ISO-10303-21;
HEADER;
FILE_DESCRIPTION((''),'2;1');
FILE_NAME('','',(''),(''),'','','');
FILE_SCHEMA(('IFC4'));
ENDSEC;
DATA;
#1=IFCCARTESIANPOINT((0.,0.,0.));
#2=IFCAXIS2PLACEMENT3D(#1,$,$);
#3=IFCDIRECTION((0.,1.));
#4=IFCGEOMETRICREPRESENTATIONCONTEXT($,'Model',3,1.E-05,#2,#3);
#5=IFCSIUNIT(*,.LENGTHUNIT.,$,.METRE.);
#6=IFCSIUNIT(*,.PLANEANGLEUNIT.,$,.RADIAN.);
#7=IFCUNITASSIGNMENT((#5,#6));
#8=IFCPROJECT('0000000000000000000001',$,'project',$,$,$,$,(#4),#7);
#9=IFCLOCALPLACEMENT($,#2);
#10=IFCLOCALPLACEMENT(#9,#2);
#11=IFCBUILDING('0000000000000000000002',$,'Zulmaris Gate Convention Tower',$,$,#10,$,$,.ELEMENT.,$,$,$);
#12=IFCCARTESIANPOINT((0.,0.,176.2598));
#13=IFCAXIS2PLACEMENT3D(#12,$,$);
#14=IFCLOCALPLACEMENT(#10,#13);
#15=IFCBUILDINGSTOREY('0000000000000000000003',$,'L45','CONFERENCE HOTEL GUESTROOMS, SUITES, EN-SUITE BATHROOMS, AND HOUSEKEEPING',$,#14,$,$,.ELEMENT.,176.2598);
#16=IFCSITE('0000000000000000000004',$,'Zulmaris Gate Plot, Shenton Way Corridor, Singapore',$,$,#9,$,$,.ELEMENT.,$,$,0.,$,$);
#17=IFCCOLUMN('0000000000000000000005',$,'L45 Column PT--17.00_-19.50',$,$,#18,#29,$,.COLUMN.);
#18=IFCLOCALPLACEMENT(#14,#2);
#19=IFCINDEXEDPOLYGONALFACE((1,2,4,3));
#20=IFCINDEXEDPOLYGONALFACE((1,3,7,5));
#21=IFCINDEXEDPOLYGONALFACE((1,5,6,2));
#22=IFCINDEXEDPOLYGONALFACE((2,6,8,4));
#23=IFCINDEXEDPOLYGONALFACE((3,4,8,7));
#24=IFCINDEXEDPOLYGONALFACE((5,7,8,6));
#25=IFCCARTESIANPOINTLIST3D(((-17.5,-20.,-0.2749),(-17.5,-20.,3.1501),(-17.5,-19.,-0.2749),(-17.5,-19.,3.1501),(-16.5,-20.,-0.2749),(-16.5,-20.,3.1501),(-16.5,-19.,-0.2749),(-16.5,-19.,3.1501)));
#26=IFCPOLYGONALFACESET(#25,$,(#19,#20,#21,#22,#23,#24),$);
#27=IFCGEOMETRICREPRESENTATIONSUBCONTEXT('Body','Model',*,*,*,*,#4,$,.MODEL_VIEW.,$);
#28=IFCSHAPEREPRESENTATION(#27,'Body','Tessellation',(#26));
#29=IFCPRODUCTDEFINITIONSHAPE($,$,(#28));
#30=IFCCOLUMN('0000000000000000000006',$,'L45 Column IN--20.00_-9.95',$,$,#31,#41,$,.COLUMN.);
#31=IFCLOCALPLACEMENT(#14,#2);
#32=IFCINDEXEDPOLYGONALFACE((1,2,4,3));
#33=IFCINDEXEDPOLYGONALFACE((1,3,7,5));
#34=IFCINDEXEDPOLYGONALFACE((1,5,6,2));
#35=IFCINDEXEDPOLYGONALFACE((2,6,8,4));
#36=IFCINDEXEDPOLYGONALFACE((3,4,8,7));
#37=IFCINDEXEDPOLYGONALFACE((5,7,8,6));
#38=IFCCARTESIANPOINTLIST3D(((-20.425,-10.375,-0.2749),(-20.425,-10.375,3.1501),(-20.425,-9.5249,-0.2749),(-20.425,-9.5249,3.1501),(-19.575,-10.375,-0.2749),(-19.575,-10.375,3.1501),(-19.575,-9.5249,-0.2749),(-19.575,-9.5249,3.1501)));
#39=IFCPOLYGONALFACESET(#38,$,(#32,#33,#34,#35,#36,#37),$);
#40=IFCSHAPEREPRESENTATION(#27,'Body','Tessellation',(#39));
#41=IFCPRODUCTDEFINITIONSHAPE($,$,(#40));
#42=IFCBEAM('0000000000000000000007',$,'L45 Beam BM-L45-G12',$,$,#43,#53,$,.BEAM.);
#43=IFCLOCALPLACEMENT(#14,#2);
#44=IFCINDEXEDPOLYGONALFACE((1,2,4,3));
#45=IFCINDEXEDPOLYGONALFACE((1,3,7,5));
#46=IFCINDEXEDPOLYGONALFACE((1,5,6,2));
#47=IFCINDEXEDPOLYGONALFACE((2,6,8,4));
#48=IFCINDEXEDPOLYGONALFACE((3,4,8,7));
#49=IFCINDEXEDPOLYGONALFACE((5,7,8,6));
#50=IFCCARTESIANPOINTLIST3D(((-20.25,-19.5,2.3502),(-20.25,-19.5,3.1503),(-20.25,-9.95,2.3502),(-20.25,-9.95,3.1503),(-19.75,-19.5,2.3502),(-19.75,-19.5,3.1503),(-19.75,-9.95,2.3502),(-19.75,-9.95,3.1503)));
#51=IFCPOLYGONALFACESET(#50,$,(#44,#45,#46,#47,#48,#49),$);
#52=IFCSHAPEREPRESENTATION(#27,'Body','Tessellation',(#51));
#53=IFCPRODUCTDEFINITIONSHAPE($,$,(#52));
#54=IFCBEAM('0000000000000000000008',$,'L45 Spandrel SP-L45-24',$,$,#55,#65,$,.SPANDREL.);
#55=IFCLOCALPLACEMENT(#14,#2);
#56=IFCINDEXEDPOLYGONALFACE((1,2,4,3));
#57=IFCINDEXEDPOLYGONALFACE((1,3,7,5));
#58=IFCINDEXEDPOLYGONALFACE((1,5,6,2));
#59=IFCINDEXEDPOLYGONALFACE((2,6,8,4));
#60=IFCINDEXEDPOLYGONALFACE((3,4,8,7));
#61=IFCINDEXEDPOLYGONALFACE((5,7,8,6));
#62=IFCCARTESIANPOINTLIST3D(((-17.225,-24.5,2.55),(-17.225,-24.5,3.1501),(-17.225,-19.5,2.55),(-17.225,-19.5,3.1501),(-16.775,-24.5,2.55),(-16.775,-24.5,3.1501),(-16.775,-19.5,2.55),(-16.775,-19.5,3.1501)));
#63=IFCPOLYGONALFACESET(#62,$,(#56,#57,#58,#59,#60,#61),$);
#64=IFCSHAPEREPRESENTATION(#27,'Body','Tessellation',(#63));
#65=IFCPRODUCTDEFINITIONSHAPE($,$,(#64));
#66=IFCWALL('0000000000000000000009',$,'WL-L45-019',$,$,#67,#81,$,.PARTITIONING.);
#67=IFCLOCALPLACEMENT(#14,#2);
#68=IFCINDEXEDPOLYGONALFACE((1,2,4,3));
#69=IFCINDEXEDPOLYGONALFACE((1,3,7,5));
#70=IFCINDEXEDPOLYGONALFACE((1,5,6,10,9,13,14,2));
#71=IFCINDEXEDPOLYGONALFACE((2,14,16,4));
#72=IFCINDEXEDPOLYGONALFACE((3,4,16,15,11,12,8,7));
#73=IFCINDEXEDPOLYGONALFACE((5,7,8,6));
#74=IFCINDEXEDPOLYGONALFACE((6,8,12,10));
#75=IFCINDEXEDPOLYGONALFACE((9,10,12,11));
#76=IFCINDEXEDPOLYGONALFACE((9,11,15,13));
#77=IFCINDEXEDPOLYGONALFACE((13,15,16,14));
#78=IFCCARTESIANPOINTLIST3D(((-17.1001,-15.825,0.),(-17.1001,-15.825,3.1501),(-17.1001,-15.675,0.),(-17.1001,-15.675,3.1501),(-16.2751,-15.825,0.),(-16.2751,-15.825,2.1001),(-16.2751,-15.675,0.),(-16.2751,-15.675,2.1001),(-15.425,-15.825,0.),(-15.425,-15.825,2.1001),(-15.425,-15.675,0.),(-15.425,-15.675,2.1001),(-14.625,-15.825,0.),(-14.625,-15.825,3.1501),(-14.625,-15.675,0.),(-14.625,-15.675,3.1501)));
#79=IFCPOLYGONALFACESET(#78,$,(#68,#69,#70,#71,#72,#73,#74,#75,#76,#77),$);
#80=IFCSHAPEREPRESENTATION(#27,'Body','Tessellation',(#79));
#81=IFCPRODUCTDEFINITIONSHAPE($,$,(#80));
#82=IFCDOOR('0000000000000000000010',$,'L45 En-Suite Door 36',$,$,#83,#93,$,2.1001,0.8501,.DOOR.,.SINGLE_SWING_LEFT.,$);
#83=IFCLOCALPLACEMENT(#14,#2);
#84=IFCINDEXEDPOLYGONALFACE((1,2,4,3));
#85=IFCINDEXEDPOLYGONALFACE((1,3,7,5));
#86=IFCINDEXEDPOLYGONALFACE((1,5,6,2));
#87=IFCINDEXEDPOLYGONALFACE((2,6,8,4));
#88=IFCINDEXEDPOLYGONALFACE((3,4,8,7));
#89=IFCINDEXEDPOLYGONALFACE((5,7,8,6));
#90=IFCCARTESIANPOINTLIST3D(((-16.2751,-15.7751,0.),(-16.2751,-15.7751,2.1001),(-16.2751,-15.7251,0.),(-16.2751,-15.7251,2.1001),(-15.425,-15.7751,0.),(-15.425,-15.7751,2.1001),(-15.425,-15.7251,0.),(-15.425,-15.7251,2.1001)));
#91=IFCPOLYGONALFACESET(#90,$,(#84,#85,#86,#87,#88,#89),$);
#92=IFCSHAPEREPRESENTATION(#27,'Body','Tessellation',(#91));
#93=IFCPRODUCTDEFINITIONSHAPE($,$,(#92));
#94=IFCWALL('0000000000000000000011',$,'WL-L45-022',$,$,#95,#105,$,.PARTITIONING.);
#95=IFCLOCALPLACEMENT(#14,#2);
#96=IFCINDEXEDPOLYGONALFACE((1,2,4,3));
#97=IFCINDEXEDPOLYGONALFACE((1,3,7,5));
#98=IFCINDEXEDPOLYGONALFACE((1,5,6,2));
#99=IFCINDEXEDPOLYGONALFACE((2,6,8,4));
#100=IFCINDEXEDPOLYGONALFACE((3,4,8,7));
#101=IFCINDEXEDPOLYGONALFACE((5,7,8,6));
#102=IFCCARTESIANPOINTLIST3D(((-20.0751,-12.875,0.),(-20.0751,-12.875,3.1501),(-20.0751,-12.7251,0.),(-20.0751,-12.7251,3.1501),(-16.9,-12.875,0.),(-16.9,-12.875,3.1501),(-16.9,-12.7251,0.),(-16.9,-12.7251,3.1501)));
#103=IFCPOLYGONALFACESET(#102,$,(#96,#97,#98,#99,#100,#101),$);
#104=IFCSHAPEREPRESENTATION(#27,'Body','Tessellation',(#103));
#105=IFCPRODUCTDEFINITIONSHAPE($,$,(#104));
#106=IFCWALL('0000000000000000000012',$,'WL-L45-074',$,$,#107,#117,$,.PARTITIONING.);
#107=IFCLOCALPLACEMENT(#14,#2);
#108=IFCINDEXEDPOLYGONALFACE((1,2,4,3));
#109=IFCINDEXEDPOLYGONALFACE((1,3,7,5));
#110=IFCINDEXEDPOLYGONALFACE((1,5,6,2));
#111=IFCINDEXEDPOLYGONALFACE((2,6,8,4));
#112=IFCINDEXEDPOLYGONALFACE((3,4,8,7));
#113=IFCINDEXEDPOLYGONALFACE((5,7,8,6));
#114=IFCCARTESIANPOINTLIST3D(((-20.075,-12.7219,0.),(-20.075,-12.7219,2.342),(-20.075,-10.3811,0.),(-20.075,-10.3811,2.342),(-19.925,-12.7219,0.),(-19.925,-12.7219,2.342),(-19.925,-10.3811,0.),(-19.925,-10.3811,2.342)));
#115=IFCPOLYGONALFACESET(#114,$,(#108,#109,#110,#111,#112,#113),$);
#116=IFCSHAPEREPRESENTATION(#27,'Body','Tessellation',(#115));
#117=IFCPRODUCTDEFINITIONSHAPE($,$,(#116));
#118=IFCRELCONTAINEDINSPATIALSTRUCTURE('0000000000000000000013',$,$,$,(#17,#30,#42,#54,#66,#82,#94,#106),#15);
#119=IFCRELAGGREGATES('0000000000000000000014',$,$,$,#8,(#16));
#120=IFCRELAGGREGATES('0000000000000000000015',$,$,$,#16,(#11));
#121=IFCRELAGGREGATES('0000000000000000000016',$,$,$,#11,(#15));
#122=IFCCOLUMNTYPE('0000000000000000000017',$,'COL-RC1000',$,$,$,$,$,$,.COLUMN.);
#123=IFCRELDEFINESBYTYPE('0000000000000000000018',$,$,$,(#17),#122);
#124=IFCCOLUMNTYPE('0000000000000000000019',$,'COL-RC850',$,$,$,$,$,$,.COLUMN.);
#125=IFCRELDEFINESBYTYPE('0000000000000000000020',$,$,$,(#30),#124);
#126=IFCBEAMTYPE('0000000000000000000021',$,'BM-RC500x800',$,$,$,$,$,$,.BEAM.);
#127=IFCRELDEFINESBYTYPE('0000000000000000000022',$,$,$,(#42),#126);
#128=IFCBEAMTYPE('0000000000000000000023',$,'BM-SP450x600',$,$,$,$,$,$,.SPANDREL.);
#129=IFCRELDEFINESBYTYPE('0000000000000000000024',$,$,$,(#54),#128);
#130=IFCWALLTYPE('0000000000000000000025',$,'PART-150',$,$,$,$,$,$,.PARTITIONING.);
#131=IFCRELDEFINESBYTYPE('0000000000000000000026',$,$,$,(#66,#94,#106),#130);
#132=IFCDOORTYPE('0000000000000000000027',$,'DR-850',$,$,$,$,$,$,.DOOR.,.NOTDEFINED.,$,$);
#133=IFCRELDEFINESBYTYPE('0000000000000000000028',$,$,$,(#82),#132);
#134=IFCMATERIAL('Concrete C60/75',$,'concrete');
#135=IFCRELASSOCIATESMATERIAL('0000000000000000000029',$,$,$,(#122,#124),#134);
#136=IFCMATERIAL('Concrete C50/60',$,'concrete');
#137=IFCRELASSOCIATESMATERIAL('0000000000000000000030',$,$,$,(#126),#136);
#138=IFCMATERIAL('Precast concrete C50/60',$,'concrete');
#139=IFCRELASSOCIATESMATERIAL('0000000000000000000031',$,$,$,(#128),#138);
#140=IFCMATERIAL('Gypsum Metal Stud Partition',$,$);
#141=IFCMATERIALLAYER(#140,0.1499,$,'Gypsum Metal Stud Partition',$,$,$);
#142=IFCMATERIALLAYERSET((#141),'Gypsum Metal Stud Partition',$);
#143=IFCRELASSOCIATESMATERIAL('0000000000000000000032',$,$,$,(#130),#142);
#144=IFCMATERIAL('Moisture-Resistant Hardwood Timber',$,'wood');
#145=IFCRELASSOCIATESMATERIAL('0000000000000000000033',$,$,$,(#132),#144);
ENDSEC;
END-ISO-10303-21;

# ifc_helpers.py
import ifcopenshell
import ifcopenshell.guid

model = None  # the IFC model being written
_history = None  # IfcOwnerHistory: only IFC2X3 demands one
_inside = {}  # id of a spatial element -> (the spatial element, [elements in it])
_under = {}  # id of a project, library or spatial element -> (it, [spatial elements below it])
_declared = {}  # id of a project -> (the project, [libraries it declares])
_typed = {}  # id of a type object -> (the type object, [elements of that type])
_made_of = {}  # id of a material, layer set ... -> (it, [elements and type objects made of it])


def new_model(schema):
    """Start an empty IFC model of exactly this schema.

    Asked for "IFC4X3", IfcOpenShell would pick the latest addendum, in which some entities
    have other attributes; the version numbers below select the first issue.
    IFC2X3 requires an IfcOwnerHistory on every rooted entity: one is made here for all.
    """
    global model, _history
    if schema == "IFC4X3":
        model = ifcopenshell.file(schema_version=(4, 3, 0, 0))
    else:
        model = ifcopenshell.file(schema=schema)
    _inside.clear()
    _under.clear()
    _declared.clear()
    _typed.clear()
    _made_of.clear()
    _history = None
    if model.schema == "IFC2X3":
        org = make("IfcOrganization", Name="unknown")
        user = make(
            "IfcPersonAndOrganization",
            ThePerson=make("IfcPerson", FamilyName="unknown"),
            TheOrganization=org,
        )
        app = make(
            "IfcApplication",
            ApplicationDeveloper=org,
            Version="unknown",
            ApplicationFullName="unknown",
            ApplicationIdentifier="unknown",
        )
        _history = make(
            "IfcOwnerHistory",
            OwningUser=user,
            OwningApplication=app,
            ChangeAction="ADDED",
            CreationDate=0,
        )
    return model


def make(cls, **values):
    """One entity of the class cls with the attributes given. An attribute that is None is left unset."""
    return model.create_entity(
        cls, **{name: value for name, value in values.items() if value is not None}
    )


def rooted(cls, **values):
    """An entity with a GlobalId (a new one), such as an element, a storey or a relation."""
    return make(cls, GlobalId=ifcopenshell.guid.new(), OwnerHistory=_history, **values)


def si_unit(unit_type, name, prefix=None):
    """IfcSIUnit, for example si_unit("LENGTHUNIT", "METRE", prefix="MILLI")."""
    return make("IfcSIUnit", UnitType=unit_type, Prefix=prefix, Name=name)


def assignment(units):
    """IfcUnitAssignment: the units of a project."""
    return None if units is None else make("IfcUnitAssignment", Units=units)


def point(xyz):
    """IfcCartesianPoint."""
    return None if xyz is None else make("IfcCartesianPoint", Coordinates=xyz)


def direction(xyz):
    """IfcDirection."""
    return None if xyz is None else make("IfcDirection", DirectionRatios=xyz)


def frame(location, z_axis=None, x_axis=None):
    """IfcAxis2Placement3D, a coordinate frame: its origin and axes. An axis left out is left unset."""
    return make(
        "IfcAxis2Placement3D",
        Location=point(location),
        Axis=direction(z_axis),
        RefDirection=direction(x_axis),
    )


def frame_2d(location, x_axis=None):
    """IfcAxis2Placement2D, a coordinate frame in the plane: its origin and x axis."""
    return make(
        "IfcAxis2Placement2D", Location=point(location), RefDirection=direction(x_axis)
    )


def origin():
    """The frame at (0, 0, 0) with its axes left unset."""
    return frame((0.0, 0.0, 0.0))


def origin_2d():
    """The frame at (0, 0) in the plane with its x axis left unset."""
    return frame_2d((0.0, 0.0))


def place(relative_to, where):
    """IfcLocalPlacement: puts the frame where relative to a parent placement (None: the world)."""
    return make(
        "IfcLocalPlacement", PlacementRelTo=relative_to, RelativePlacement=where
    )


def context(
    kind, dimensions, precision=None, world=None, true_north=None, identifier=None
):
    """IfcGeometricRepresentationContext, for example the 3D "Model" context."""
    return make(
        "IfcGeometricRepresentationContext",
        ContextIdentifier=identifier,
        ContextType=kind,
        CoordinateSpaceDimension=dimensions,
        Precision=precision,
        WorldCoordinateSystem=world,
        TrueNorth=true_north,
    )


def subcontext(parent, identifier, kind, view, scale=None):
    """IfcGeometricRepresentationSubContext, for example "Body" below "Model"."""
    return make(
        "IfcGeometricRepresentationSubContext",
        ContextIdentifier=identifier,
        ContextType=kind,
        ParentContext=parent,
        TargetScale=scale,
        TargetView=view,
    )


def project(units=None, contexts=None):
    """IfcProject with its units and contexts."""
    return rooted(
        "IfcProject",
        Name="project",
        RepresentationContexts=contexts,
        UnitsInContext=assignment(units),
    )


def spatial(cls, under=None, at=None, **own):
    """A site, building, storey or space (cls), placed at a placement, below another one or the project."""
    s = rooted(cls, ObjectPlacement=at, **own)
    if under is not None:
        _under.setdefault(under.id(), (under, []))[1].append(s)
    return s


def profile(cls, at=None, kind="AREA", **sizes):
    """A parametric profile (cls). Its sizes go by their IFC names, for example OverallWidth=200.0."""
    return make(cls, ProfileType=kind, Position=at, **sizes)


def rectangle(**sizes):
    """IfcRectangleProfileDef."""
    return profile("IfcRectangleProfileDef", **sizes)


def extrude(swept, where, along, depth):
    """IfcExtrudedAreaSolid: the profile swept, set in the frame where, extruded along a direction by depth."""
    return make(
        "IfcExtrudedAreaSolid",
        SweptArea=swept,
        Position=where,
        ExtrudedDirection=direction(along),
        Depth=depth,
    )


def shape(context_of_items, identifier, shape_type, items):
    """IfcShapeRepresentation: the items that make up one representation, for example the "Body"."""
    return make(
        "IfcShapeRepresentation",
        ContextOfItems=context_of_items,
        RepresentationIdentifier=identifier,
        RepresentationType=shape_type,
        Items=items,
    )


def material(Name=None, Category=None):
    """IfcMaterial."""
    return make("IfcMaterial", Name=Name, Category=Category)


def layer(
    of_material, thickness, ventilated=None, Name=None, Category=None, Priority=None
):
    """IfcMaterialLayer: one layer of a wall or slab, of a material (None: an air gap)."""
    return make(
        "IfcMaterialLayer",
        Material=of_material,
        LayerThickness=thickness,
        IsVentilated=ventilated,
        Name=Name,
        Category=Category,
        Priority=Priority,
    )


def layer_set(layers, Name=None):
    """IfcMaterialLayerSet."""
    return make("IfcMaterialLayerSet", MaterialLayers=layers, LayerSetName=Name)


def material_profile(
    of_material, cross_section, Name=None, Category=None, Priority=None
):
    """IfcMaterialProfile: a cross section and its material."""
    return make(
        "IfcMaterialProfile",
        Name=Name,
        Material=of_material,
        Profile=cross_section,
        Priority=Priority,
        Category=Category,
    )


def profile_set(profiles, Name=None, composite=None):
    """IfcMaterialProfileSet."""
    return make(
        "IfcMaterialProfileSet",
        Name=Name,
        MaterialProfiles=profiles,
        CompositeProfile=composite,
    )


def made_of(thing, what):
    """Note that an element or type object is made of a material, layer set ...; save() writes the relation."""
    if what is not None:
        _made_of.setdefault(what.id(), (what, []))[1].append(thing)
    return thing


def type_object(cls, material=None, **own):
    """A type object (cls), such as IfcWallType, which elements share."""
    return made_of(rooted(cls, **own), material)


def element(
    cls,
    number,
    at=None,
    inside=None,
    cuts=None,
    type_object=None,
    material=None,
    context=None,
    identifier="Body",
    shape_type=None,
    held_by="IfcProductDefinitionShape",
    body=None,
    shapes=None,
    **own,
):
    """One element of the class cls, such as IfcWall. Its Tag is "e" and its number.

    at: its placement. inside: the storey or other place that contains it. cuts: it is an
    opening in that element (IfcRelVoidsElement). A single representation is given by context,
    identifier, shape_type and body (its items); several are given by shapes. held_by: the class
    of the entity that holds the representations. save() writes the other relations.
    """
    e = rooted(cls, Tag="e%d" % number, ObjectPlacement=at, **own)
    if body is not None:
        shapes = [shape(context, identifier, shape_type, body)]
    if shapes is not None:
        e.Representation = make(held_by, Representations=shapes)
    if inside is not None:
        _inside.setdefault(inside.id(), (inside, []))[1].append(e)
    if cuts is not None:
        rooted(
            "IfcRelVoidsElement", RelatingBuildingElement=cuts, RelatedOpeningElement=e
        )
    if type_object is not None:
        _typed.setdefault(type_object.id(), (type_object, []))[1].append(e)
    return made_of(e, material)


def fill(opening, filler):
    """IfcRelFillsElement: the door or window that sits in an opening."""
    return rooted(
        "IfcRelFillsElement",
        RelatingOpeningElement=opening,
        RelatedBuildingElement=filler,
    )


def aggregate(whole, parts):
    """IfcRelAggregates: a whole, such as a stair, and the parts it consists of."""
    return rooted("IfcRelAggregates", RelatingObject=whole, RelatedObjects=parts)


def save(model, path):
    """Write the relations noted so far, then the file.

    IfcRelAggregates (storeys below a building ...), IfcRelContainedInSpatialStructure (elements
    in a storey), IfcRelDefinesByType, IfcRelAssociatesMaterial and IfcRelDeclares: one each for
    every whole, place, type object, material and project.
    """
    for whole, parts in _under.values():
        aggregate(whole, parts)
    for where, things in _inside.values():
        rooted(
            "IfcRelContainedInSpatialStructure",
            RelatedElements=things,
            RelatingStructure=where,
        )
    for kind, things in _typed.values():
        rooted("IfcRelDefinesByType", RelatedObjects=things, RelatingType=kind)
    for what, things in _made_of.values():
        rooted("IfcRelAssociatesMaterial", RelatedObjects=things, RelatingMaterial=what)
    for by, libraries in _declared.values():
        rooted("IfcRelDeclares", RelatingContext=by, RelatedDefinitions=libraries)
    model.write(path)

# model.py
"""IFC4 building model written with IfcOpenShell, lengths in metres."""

from ifc_helpers import new_model, si_unit, direction, frame, frame_2d, origin, origin_2d, place, context, subcontext, project, spatial, rectangle, extrude, material, layer, layer_set, material_profile, profile_set, type_object, element, fill, save


model = new_model("IFC4")

# Units and contexts
model_context = context("Model", 3, precision=1e-05, world=origin(), true_north=direction((0.0, 1.0)))
body_context = subcontext(model_context, "Body", "Model", "MODEL_VIEW")
ifc_project = project(units=[si_unit("LENGTHUNIT", "METRE"), si_unit("PLANEANGLEUNIT", "RADIAN")], contexts=[model_context])

# Site, building, storey
site_placement = place(None, origin())
site = spatial("IfcSite", under=ifc_project, at=site_placement, Name="Zulmaris Gate Plot, Shenton Way Corridor, Singapore", CompositionType="ELEMENT", RefElevation=0.0)
building_placement = place(site_placement, origin())
building = spatial("IfcBuilding", under=site, at=building_placement, Name="Zulmaris Gate Convention Tower", CompositionType="ELEMENT")
storey_placement = place(building_placement, frame((0.0, 0.0, 176.2598)))
storey = spatial("IfcBuildingStorey", under=building, at=storey_placement, Name="L45", Description="CONFERENCE HOTEL GUESTROOMS, SUITES, EN-SUITE BATHROOMS, AND HOUSEKEEPING", CompositionType="ELEMENT", Elevation=176.2598)

# Columns
ifc_material_1 = material(Name="Concrete C60/75", Category="concrete")
ifc_material_profile_1 = material_profile(ifc_material_1, rectangle(XDim=1.0, YDim=1.0, at=origin_2d()), Name="RC COL 1000x1000")
ifc_profile_set_1 = profile_set([ifc_material_profile_1], Name="Concrete C60/75")
column_type_1 = type_object("IfcColumnType", Name="COL-RC1000", PredefinedType="COLUMN", material=ifc_profile_set_1)
column_1_placement = place(storey_placement, frame((-17.0, -19.5, -0.2749), z_axis=(0.0, 0.0, 1.0), x_axis=(1.0, 0.0, 0.0)))
element("IfcColumn", 1, at=column_1_placement, inside=storey, type_object=column_type_1, Name="L45 Column PT--17.00_-19.50", PredefinedType="COLUMN", context=body_context, shape_type="SweptSolid", body=[
    extrude(rectangle(XDim=1.0, YDim=1.0, at=origin_2d()), origin(), (0.0, 0.0, 1.0), 3.425),
])
ifc_material_profile_2 = material_profile(ifc_material_1, rectangle(XDim=0.8501, YDim=0.8501, at=origin_2d()), Name="RC COL 850x850")
ifc_profile_set_2 = profile_set([ifc_material_profile_2], Name="Concrete C60/75")
column_type_2 = type_object("IfcColumnType", Name="COL-RC850", PredefinedType="COLUMN", material=ifc_profile_set_2)
column_2_placement = place(storey_placement, frame((-20.0, -9.95, -0.2749), z_axis=(0.0, 0.0, 1.0), x_axis=(1.0, 0.0, 0.0)))
element("IfcColumn", 2, at=column_2_placement, inside=storey, type_object=column_type_2, Name="L45 Column IN--20.00_-9.95", PredefinedType="COLUMN", context=body_context, shape_type="SweptSolid", body=[
    extrude(rectangle(XDim=0.8501, YDim=0.8501, at=origin_2d()), origin(), (0.0, 0.0, 1.0), 3.425),
])

# Beams
ifc_material_2 = material(Name="Concrete C50/60", Category="concrete")
ifc_material_profile_3 = material_profile(ifc_material_2, rectangle(XDim=0.5, YDim=0.8, at=origin_2d()), Name="RC BEAM 500x800")
ifc_profile_set_3 = profile_set([ifc_material_profile_3], Name="Concrete C50/60")
beam_type_1 = type_object("IfcBeamType", Name="BM-RC500x800", PredefinedType="BEAM", material=ifc_profile_set_3)
beam_1_placement = place(storey_placement, frame((-20.0, -19.5, 2.7502), z_axis=(0.0, 1.0, 0.0), x_axis=(-1.0, 0.0, 0.0)))
element("IfcBeam", 3, at=beam_1_placement, inside=storey, type_object=beam_type_1, Name="L45 Beam BM-L45-G12", PredefinedType="BEAM", context=body_context, shape_type="SweptSolid", body=[
    extrude(rectangle(XDim=0.5, YDim=0.8, at=origin_2d()), origin(), (0.0, 0.0, 1.0), 9.55),
])
ifc_material_3 = material(Name="Precast concrete C50/60", Category="concrete")
ifc_material_profile_4 = material_profile(ifc_material_3, rectangle(XDim=0.45, YDim=0.6001, at=origin_2d()), Name="RC SPANDREL 450x600")
ifc_profile_set_4 = profile_set([ifc_material_profile_4], Name="Precast concrete C50/60")
beam_type_2 = type_object("IfcBeamType", Name="BM-SP450x600", PredefinedType="SPANDREL", material=ifc_profile_set_4)
beam_2_placement = place(storey_placement, frame((-17.0, -19.5, 2.8501), z_axis=(0.0, -1.0, 0.0), x_axis=(1.0, 0.0, 0.0)))
element("IfcBeam", 4, at=beam_2_placement, inside=storey, type_object=beam_type_2, Name="L45 Spandrel SP-L45-24", PredefinedType="SPANDREL", context=body_context, shape_type="SweptSolid", body=[
    extrude(rectangle(XDim=0.45, YDim=0.6001, at=origin_2d()), origin(), (0.0, 0.0, 1.0), 5.0),
])

# Wall, opening, door
ifc_material_4 = material(Name="Gypsum Metal Stud Partition")
ifc_layer_1 = layer(ifc_material_4, 0.1499, Name="Gypsum Metal Stud Partition")
ifc_layer_set_1 = layer_set([ifc_layer_1], Name="Gypsum Metal Stud Partition")
wall_type_1 = type_object("IfcWallType", Name="PART-150", PredefinedType="PARTITIONING", material=ifc_layer_set_1)
wall_1_placement = place(storey_placement, frame((-17.1001, -15.75, 0.0), z_axis=(0.0, 0.0, 1.0), x_axis=(1.0, 0.0, 0.0)))
wall_1 = element("IfcWall", 5, at=wall_1_placement, inside=storey, type_object=wall_type_1, Name="WL-L45-019", PredefinedType="PARTITIONING", context=body_context, shape_type="SweptSolid", body=[
    extrude(rectangle(XDim=2.4751, YDim=0.1499, at=frame_2d((1.2375, 0.0))), origin(), (0.0, 0.0, 1.0), 3.1501),
])
opening_1_placement = place(wall_1_placement, frame((0.825, 0.0, 0.0)))
opening_1 = element("IfcOpeningElement", 6, at=opening_1_placement, cuts=wall_1, PredefinedType="OPENING", context=body_context, shape_type="SweptSolid", body=[
    extrude(rectangle(XDim=0.8501, YDim=2.1001, at=frame_2d((0.425, 1.05))), frame((0.0, 0.085, 0.0), z_axis=(0.0, -1.0, 0.0), x_axis=(1.0, 0.0, 0.0)), (0.0, 0.0, 1.0), 0.1699),
])
ifc_material_5 = material(Name="Moisture-Resistant Hardwood Timber", Category="wood")
door_type_1 = type_object("IfcDoorType", Name="DR-850", OperationType="NOTDEFINED", PredefinedType="DOOR", material=ifc_material_5)
door_1_placement = place(opening_1_placement, origin())
door_1 = element("IfcDoor", 7, at=door_1_placement, inside=storey, type_object=door_type_1, Name="L45 En-Suite Door 36", OperationType="SINGLE_SWING_LEFT", OverallHeight=2.1001, OverallWidth=0.8501, PredefinedType="DOOR", context=body_context, shape_type="SweptSolid", body=[
    extrude(rectangle(XDim=0.8501, YDim=2.1001, at=frame_2d((0.425, 1.05))), frame((0.0, 0.0249, 0.0), z_axis=(0.0, -1.0, 0.0), x_axis=(1.0, 0.0, 0.0)), (0.0, 0.0, 1.0), 0.05),
])
fill(opening_1, door_1)

# Walls
wall_2_placement = place(storey_placement, frame((-20.075, -12.8, 0.0), z_axis=(0.0, 0.0, 1.0), x_axis=(1.0, 0.0, 0.0)))
element("IfcWall", 8, at=wall_2_placement, inside=storey, type_object=wall_type_1, Name="WL-L45-022", PredefinedType="PARTITIONING", context=body_context, shape_type="SweptSolid", body=[
    extrude(rectangle(XDim=3.175, YDim=0.1499, at=frame_2d((1.5874, 0.0))), origin(), (0.0, 0.0, 1.0), 3.1501),
])
wall_3_placement = place(storey_placement, frame((-20.0, -12.7219, 0.0), z_axis=(0.0, 0.0, 1.0), x_axis=(0.0, 1.0, 0.0)))
element("IfcWall", 9, at=wall_3_placement, inside=storey, type_object=wall_type_1, Name="WL-L45-074", PredefinedType="PARTITIONING", context=body_context, shape_type="SweptSolid", body=[
    extrude(rectangle(XDim=2.3408, YDim=0.1499, at=frame_2d((1.1704, 0.0))), origin(), (0.0, 0.0, 1.0), 2.342),
])

save(model, "model.ifc")
